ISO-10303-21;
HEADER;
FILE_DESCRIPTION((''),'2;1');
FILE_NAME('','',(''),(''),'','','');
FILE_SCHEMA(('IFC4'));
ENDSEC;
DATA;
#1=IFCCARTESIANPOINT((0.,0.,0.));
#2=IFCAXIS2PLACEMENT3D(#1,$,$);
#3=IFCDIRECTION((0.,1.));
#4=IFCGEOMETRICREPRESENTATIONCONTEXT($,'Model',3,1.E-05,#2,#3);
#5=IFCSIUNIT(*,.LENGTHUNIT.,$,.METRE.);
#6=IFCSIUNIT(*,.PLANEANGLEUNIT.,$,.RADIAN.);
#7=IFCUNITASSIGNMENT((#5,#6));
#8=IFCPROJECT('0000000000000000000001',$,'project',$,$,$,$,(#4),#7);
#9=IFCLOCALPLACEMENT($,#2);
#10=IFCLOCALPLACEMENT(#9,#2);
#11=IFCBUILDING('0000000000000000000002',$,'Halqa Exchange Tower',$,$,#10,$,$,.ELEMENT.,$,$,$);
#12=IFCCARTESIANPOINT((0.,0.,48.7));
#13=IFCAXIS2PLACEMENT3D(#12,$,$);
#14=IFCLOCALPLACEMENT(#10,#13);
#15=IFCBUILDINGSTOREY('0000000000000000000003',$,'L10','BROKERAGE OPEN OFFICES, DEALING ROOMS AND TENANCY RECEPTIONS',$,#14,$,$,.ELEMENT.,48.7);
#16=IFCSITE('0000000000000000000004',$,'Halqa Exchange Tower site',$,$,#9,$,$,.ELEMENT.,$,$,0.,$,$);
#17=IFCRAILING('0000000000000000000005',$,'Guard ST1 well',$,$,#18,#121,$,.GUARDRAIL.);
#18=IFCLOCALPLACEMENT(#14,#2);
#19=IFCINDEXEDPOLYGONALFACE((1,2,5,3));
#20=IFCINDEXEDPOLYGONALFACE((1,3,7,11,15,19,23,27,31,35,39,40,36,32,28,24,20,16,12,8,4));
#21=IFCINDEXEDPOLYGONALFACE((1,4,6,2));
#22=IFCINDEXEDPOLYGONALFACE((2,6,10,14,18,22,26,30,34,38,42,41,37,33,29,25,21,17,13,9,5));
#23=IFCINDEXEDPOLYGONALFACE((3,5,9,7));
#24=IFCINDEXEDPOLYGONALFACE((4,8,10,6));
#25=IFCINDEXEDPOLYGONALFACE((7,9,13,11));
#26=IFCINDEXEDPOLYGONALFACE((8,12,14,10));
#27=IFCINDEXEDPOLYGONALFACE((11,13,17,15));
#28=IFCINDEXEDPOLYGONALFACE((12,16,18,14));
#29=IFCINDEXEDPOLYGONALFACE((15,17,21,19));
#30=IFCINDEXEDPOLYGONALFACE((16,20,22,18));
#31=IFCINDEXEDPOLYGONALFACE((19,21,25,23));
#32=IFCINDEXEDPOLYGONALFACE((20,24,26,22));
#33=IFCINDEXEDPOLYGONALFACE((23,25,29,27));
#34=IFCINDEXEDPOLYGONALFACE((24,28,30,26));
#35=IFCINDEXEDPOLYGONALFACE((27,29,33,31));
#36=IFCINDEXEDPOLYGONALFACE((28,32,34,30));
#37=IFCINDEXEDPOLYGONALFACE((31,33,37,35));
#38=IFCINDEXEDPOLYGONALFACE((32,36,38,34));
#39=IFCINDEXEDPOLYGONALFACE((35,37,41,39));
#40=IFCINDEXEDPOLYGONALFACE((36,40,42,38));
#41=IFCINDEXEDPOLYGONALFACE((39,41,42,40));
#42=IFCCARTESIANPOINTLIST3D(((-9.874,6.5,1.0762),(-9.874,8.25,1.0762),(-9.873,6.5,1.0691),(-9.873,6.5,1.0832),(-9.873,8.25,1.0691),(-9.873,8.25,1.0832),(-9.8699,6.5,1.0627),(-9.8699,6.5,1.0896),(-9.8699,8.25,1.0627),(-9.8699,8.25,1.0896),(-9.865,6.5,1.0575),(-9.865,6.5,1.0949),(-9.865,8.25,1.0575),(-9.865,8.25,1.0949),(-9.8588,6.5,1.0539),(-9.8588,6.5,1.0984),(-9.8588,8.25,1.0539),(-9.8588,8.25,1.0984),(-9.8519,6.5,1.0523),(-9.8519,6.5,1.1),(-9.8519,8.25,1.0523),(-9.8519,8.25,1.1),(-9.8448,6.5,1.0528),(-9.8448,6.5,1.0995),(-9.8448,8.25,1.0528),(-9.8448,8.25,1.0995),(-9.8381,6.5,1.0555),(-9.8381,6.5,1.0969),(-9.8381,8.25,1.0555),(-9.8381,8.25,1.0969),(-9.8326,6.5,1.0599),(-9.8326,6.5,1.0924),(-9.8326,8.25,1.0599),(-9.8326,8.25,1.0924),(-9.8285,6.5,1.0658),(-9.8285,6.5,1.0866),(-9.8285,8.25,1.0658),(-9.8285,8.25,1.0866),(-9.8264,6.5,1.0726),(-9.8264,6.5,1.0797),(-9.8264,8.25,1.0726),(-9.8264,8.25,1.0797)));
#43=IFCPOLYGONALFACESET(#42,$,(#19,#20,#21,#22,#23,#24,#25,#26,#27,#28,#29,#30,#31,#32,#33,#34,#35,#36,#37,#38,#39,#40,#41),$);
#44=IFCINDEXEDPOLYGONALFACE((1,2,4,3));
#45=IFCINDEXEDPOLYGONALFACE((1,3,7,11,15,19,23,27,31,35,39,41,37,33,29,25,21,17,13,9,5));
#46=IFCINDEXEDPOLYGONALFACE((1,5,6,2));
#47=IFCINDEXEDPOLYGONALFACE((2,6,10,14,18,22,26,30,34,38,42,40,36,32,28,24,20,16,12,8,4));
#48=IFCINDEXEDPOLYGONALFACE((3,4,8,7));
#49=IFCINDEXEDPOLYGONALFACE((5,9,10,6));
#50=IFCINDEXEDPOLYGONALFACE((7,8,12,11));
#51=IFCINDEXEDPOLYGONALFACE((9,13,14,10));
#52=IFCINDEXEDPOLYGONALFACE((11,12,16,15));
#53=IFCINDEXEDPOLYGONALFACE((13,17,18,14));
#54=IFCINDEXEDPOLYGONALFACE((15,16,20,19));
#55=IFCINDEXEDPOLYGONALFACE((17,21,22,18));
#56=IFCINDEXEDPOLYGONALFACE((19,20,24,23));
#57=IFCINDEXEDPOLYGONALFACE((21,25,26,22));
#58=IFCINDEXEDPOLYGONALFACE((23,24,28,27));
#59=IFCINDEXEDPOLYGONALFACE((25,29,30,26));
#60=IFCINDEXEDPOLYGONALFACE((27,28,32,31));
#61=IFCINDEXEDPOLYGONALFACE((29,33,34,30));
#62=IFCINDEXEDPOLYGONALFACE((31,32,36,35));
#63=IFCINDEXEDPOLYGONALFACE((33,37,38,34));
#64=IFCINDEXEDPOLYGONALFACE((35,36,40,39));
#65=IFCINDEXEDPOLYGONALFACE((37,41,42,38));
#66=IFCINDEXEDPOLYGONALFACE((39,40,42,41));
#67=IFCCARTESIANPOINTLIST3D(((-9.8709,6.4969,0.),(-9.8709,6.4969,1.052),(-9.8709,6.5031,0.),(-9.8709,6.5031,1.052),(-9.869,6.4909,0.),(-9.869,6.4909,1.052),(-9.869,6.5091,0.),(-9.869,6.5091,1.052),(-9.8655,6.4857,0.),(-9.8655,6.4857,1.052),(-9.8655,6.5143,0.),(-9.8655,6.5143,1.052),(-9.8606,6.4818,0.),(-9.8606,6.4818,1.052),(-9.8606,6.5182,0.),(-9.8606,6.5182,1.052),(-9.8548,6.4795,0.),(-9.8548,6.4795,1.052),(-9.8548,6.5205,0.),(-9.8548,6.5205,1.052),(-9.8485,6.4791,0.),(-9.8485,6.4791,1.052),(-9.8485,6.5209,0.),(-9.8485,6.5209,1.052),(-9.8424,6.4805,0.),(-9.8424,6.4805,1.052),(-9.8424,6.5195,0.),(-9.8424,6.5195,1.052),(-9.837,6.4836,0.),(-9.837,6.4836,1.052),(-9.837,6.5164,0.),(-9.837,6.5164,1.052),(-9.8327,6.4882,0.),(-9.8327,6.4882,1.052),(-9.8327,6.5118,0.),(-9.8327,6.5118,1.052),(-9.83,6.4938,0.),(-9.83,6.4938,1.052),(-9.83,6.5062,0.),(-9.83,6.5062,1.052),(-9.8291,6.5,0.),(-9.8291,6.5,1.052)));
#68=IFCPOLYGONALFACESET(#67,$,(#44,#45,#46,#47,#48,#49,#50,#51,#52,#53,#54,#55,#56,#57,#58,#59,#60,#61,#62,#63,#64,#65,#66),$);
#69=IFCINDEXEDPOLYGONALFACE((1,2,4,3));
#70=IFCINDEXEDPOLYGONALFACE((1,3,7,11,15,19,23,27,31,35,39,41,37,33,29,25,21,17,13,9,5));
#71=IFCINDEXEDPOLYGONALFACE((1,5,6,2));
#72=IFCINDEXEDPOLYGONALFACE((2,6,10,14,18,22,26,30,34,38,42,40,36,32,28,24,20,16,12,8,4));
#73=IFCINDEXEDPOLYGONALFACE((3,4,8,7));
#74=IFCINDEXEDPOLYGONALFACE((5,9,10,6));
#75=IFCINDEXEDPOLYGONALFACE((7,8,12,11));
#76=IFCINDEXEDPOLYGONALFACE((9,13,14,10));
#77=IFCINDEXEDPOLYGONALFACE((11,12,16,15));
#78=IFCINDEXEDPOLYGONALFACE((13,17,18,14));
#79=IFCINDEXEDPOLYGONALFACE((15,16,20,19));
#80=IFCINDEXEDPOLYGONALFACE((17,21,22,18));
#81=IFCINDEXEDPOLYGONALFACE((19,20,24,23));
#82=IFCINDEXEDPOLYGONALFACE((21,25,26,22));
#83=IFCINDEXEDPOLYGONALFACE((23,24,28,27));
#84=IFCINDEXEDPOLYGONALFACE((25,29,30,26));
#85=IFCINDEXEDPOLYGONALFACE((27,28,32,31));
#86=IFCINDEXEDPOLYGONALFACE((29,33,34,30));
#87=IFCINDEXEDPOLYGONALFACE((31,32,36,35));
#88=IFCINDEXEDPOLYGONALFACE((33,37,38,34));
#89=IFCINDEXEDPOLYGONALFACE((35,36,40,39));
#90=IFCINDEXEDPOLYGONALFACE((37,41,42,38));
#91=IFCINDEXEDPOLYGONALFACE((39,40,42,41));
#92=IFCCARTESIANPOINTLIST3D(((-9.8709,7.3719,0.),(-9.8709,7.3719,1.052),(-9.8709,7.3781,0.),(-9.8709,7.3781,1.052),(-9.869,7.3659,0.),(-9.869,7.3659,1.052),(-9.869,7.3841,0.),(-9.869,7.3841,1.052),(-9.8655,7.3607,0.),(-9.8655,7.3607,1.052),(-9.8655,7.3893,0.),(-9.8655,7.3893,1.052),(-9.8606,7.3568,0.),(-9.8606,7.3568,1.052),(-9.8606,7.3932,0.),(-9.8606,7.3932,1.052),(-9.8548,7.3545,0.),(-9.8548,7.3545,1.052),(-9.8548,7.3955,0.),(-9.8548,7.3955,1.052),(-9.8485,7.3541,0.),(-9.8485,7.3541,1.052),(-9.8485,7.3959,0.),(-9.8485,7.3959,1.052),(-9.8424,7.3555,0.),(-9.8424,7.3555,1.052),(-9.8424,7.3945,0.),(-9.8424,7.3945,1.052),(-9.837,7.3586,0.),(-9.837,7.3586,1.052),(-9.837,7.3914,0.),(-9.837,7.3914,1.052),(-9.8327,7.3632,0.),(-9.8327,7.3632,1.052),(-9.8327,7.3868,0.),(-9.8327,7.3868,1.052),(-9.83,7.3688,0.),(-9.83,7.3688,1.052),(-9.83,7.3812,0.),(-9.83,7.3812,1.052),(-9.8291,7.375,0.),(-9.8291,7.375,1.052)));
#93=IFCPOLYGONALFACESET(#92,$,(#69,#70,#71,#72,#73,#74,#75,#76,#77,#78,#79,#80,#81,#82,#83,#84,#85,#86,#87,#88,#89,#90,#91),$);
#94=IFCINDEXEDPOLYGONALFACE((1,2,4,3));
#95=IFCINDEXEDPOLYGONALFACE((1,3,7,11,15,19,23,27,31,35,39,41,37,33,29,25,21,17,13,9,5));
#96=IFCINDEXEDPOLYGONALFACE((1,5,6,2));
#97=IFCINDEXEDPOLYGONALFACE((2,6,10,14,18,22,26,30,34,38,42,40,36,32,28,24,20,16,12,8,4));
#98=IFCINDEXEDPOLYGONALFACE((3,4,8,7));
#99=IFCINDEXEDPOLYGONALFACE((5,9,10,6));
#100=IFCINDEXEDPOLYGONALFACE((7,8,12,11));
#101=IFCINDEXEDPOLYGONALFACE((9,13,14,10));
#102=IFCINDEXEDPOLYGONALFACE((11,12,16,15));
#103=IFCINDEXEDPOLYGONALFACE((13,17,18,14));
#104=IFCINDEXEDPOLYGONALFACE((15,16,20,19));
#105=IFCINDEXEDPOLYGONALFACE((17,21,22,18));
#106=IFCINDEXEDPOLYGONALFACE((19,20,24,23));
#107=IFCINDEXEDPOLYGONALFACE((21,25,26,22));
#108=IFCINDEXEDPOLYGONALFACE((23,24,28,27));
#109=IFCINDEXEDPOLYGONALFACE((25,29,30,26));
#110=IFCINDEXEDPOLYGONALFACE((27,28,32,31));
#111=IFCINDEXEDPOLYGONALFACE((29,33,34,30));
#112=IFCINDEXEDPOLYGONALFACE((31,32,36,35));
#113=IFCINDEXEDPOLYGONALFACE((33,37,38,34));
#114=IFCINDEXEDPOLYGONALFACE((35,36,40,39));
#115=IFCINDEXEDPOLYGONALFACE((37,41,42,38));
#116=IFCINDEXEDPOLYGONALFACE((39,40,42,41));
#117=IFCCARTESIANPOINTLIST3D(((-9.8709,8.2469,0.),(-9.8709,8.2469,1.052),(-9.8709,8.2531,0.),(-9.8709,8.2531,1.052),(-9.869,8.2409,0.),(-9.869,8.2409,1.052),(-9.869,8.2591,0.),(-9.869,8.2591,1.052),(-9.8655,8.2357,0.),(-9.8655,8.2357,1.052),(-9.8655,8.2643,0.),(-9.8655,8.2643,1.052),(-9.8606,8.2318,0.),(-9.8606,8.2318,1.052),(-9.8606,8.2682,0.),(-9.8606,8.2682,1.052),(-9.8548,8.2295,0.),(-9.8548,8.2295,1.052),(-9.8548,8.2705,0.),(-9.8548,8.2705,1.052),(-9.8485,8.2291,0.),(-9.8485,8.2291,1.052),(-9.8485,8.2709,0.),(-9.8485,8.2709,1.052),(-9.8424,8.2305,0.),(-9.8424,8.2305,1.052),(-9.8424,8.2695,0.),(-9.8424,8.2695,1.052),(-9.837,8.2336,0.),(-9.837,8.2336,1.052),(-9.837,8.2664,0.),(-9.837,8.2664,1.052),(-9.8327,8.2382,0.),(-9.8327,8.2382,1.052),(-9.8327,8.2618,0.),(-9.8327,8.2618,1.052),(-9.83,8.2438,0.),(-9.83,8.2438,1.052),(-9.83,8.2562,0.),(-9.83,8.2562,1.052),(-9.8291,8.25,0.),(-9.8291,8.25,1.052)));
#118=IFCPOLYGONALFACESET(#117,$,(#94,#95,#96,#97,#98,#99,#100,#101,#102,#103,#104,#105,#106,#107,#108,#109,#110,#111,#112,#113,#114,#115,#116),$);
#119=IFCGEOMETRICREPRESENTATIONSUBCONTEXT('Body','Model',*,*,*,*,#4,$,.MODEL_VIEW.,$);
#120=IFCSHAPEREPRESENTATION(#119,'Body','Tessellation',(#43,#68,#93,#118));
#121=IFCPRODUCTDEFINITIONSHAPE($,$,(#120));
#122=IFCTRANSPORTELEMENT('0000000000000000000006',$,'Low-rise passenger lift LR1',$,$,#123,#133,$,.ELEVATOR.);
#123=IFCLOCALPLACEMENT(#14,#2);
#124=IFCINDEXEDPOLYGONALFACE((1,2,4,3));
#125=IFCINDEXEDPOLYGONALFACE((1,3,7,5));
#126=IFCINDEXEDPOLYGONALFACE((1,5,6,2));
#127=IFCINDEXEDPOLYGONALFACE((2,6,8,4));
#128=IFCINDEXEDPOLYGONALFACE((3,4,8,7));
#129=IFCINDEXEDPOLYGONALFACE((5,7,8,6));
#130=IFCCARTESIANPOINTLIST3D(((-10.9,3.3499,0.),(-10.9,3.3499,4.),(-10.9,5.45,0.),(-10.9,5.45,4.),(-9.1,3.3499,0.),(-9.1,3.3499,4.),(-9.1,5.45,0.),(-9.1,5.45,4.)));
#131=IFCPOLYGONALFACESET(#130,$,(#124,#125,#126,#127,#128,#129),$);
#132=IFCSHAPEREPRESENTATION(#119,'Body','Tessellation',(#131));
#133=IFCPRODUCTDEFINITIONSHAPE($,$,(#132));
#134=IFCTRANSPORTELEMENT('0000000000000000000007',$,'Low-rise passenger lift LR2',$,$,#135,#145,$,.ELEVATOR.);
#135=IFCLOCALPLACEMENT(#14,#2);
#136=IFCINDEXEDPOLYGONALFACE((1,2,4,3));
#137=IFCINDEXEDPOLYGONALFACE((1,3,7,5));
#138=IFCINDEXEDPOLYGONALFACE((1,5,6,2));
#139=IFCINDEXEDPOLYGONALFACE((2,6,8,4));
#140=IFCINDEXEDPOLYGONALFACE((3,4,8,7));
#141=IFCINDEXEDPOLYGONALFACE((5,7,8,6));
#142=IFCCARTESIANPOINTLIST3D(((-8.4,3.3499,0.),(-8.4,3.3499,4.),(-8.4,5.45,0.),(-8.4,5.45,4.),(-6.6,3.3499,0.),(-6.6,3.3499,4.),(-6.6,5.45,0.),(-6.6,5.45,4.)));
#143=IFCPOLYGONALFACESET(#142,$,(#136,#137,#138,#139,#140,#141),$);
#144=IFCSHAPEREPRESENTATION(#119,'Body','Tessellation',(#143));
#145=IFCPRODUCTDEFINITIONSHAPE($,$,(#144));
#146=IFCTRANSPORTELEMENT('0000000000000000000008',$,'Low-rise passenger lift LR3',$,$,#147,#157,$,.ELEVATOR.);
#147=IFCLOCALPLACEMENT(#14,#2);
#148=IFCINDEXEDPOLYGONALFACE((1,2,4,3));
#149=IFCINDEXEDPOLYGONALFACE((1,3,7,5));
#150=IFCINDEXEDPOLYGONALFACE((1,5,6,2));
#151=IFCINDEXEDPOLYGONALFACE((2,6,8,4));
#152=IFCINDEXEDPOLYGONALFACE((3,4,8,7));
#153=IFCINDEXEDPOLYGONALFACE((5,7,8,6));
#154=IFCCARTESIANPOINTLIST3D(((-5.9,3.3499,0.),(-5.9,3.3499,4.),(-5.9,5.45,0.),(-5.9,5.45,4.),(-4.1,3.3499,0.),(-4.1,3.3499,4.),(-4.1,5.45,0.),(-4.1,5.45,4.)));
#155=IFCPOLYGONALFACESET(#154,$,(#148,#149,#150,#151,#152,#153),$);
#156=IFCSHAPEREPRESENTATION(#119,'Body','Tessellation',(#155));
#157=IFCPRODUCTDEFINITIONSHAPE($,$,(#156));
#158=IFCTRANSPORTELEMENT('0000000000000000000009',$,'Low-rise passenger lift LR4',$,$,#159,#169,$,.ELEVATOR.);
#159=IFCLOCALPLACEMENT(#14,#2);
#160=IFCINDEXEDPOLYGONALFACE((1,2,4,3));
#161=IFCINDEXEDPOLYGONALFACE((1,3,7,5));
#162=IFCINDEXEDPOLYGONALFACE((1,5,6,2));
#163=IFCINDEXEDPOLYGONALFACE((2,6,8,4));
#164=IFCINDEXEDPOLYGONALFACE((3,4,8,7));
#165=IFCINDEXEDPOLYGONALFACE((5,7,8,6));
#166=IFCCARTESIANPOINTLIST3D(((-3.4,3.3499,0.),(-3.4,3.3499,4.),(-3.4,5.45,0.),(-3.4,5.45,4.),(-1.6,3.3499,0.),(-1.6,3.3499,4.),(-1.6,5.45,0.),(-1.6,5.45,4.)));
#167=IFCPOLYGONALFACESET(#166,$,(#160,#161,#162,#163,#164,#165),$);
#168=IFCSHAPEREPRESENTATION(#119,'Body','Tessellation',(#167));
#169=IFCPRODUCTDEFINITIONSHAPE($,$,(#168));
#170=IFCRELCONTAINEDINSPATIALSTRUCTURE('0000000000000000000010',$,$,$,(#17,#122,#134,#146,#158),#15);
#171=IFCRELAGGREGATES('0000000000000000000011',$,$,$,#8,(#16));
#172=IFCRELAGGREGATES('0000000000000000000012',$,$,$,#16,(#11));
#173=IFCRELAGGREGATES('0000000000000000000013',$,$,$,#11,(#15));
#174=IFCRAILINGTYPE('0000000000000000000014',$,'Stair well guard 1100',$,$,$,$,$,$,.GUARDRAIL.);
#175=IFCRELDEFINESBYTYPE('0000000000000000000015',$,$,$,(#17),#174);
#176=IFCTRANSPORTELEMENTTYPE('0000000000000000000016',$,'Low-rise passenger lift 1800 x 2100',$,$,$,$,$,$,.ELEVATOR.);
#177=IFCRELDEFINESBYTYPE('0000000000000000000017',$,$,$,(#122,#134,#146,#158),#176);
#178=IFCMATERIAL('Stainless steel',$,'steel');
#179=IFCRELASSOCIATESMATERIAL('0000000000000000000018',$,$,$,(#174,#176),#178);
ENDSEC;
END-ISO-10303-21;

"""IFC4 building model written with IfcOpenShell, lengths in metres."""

from ifc_helpers import new_model, si_unit, direction, frame, origin, origin_2d, place, context, subcontext, project, spatial, rectangle, circle, extrude, material, type_object, element, save


model = new_model("IFC4")

# Units and contexts
model_context = context("Model", 3, precision=1e-05, world=origin(), true_north=direction((0.0, 1.0)))
body_context = subcontext(model_context, "Body", "Model", "MODEL_VIEW")
ifc_project = project(units=[si_unit("LENGTHUNIT", "METRE"), si_unit("PLANEANGLEUNIT", "RADIAN")], contexts=[model_context])

# Site, building, storey
site_placement = place(None, origin())
site = spatial("IfcSite", under=ifc_project, at=site_placement, Name="Halqa Exchange Tower site", CompositionType="ELEMENT", RefElevation=0.0)
building_placement = place(site_placement, origin())
building = spatial("IfcBuilding", under=site, at=building_placement, Name="Halqa Exchange Tower", CompositionType="ELEMENT")
storey_placement = place(building_placement, frame((0.0, 0.0, 48.7)))
storey = spatial("IfcBuildingStorey", under=building, at=storey_placement, Name="L10", Description="BROKERAGE OPEN OFFICES, DEALING ROOMS AND TENANCY RECEPTIONS", CompositionType="ELEMENT", Elevation=48.7)

# Shared definitions
ifc_material_1 = material(Name="Stainless steel", Category="steel")

# Railing
railing_type_1 = type_object("IfcRailingType", Name="Stair well guard 1100", PredefinedType="GUARDRAIL", material=ifc_material_1)
railing_1_placement = place(storey_placement, frame((-9.8501, 6.5, 0.0)))
element("IfcRailing", 1, at=railing_1_placement, inside=storey, type_object=railing_type_1, Name="Guard ST1 well", PredefinedType="GUARDRAIL", context=body_context, shape_type="SweptSolid", body=[
    extrude(circle(Radius=0.0239, at=origin_2d()), frame((0.0, 0.0, 1.0762), z_axis=(0.0, 1.0, 0.0), x_axis=(-1.0, 0.0, 0.0)), (0.0, 0.0, 1.0), 1.75),
    extrude(circle(Radius=0.021, at=origin_2d()), origin(), (0.0, 0.0, 1.0), 1.052),
    extrude(circle(Radius=0.021, at=origin_2d()), frame((0.0, 0.875, 0.0)), (0.0, 0.0, 1.0), 1.052),
    extrude(circle(Radius=0.021, at=origin_2d()), frame((0.0, 1.75, 0.0)), (0.0, 0.0, 1.0), 1.052),
])

# Transport elements
transport_element_type = type_object("IfcTransportElementType", Name="Low-rise passenger lift 1800 x 2100", PredefinedType="ELEVATOR", material=ifc_material_1)
for number, where, z_axis, x_axis, name in (
    (2, (-10.0, 4.3999, 0.0), (0.0, 0.0, 1.0), (1.0, 0.0, 0.0), "Low-rise passenger lift LR1"),
    (3, (-7.5, 4.3999, 0.0), (0.0, 0.0, 1.0), (1.0, 0.0, 0.0), "Low-rise passenger lift LR2"),
    (4, (-5.0, 4.3999, 0.0), (0.0, 0.0, 1.0), (1.0, 0.0, 0.0), "Low-rise passenger lift LR3"),
    (5, (-2.5, 4.3999, 0.0), (0.0, 0.0, 1.0), (1.0, 0.0, 0.0), "Low-rise passenger lift LR4"),
):
    element("IfcTransportElement", number, at=place(storey_placement, frame(where, z_axis=z_axis, x_axis=x_axis)), inside=storey, type_object=transport_element_type, Name=name, PredefinedType="ELEVATOR", context=body_context, shape_type="SweptSolid", body=[
        extrude(rectangle(XDim=1.8, YDim=2.1001, at=origin_2d()), origin(), (0.0, 0.0, 1.0), 4.0),
    ])

save(model, "model.ifc")
